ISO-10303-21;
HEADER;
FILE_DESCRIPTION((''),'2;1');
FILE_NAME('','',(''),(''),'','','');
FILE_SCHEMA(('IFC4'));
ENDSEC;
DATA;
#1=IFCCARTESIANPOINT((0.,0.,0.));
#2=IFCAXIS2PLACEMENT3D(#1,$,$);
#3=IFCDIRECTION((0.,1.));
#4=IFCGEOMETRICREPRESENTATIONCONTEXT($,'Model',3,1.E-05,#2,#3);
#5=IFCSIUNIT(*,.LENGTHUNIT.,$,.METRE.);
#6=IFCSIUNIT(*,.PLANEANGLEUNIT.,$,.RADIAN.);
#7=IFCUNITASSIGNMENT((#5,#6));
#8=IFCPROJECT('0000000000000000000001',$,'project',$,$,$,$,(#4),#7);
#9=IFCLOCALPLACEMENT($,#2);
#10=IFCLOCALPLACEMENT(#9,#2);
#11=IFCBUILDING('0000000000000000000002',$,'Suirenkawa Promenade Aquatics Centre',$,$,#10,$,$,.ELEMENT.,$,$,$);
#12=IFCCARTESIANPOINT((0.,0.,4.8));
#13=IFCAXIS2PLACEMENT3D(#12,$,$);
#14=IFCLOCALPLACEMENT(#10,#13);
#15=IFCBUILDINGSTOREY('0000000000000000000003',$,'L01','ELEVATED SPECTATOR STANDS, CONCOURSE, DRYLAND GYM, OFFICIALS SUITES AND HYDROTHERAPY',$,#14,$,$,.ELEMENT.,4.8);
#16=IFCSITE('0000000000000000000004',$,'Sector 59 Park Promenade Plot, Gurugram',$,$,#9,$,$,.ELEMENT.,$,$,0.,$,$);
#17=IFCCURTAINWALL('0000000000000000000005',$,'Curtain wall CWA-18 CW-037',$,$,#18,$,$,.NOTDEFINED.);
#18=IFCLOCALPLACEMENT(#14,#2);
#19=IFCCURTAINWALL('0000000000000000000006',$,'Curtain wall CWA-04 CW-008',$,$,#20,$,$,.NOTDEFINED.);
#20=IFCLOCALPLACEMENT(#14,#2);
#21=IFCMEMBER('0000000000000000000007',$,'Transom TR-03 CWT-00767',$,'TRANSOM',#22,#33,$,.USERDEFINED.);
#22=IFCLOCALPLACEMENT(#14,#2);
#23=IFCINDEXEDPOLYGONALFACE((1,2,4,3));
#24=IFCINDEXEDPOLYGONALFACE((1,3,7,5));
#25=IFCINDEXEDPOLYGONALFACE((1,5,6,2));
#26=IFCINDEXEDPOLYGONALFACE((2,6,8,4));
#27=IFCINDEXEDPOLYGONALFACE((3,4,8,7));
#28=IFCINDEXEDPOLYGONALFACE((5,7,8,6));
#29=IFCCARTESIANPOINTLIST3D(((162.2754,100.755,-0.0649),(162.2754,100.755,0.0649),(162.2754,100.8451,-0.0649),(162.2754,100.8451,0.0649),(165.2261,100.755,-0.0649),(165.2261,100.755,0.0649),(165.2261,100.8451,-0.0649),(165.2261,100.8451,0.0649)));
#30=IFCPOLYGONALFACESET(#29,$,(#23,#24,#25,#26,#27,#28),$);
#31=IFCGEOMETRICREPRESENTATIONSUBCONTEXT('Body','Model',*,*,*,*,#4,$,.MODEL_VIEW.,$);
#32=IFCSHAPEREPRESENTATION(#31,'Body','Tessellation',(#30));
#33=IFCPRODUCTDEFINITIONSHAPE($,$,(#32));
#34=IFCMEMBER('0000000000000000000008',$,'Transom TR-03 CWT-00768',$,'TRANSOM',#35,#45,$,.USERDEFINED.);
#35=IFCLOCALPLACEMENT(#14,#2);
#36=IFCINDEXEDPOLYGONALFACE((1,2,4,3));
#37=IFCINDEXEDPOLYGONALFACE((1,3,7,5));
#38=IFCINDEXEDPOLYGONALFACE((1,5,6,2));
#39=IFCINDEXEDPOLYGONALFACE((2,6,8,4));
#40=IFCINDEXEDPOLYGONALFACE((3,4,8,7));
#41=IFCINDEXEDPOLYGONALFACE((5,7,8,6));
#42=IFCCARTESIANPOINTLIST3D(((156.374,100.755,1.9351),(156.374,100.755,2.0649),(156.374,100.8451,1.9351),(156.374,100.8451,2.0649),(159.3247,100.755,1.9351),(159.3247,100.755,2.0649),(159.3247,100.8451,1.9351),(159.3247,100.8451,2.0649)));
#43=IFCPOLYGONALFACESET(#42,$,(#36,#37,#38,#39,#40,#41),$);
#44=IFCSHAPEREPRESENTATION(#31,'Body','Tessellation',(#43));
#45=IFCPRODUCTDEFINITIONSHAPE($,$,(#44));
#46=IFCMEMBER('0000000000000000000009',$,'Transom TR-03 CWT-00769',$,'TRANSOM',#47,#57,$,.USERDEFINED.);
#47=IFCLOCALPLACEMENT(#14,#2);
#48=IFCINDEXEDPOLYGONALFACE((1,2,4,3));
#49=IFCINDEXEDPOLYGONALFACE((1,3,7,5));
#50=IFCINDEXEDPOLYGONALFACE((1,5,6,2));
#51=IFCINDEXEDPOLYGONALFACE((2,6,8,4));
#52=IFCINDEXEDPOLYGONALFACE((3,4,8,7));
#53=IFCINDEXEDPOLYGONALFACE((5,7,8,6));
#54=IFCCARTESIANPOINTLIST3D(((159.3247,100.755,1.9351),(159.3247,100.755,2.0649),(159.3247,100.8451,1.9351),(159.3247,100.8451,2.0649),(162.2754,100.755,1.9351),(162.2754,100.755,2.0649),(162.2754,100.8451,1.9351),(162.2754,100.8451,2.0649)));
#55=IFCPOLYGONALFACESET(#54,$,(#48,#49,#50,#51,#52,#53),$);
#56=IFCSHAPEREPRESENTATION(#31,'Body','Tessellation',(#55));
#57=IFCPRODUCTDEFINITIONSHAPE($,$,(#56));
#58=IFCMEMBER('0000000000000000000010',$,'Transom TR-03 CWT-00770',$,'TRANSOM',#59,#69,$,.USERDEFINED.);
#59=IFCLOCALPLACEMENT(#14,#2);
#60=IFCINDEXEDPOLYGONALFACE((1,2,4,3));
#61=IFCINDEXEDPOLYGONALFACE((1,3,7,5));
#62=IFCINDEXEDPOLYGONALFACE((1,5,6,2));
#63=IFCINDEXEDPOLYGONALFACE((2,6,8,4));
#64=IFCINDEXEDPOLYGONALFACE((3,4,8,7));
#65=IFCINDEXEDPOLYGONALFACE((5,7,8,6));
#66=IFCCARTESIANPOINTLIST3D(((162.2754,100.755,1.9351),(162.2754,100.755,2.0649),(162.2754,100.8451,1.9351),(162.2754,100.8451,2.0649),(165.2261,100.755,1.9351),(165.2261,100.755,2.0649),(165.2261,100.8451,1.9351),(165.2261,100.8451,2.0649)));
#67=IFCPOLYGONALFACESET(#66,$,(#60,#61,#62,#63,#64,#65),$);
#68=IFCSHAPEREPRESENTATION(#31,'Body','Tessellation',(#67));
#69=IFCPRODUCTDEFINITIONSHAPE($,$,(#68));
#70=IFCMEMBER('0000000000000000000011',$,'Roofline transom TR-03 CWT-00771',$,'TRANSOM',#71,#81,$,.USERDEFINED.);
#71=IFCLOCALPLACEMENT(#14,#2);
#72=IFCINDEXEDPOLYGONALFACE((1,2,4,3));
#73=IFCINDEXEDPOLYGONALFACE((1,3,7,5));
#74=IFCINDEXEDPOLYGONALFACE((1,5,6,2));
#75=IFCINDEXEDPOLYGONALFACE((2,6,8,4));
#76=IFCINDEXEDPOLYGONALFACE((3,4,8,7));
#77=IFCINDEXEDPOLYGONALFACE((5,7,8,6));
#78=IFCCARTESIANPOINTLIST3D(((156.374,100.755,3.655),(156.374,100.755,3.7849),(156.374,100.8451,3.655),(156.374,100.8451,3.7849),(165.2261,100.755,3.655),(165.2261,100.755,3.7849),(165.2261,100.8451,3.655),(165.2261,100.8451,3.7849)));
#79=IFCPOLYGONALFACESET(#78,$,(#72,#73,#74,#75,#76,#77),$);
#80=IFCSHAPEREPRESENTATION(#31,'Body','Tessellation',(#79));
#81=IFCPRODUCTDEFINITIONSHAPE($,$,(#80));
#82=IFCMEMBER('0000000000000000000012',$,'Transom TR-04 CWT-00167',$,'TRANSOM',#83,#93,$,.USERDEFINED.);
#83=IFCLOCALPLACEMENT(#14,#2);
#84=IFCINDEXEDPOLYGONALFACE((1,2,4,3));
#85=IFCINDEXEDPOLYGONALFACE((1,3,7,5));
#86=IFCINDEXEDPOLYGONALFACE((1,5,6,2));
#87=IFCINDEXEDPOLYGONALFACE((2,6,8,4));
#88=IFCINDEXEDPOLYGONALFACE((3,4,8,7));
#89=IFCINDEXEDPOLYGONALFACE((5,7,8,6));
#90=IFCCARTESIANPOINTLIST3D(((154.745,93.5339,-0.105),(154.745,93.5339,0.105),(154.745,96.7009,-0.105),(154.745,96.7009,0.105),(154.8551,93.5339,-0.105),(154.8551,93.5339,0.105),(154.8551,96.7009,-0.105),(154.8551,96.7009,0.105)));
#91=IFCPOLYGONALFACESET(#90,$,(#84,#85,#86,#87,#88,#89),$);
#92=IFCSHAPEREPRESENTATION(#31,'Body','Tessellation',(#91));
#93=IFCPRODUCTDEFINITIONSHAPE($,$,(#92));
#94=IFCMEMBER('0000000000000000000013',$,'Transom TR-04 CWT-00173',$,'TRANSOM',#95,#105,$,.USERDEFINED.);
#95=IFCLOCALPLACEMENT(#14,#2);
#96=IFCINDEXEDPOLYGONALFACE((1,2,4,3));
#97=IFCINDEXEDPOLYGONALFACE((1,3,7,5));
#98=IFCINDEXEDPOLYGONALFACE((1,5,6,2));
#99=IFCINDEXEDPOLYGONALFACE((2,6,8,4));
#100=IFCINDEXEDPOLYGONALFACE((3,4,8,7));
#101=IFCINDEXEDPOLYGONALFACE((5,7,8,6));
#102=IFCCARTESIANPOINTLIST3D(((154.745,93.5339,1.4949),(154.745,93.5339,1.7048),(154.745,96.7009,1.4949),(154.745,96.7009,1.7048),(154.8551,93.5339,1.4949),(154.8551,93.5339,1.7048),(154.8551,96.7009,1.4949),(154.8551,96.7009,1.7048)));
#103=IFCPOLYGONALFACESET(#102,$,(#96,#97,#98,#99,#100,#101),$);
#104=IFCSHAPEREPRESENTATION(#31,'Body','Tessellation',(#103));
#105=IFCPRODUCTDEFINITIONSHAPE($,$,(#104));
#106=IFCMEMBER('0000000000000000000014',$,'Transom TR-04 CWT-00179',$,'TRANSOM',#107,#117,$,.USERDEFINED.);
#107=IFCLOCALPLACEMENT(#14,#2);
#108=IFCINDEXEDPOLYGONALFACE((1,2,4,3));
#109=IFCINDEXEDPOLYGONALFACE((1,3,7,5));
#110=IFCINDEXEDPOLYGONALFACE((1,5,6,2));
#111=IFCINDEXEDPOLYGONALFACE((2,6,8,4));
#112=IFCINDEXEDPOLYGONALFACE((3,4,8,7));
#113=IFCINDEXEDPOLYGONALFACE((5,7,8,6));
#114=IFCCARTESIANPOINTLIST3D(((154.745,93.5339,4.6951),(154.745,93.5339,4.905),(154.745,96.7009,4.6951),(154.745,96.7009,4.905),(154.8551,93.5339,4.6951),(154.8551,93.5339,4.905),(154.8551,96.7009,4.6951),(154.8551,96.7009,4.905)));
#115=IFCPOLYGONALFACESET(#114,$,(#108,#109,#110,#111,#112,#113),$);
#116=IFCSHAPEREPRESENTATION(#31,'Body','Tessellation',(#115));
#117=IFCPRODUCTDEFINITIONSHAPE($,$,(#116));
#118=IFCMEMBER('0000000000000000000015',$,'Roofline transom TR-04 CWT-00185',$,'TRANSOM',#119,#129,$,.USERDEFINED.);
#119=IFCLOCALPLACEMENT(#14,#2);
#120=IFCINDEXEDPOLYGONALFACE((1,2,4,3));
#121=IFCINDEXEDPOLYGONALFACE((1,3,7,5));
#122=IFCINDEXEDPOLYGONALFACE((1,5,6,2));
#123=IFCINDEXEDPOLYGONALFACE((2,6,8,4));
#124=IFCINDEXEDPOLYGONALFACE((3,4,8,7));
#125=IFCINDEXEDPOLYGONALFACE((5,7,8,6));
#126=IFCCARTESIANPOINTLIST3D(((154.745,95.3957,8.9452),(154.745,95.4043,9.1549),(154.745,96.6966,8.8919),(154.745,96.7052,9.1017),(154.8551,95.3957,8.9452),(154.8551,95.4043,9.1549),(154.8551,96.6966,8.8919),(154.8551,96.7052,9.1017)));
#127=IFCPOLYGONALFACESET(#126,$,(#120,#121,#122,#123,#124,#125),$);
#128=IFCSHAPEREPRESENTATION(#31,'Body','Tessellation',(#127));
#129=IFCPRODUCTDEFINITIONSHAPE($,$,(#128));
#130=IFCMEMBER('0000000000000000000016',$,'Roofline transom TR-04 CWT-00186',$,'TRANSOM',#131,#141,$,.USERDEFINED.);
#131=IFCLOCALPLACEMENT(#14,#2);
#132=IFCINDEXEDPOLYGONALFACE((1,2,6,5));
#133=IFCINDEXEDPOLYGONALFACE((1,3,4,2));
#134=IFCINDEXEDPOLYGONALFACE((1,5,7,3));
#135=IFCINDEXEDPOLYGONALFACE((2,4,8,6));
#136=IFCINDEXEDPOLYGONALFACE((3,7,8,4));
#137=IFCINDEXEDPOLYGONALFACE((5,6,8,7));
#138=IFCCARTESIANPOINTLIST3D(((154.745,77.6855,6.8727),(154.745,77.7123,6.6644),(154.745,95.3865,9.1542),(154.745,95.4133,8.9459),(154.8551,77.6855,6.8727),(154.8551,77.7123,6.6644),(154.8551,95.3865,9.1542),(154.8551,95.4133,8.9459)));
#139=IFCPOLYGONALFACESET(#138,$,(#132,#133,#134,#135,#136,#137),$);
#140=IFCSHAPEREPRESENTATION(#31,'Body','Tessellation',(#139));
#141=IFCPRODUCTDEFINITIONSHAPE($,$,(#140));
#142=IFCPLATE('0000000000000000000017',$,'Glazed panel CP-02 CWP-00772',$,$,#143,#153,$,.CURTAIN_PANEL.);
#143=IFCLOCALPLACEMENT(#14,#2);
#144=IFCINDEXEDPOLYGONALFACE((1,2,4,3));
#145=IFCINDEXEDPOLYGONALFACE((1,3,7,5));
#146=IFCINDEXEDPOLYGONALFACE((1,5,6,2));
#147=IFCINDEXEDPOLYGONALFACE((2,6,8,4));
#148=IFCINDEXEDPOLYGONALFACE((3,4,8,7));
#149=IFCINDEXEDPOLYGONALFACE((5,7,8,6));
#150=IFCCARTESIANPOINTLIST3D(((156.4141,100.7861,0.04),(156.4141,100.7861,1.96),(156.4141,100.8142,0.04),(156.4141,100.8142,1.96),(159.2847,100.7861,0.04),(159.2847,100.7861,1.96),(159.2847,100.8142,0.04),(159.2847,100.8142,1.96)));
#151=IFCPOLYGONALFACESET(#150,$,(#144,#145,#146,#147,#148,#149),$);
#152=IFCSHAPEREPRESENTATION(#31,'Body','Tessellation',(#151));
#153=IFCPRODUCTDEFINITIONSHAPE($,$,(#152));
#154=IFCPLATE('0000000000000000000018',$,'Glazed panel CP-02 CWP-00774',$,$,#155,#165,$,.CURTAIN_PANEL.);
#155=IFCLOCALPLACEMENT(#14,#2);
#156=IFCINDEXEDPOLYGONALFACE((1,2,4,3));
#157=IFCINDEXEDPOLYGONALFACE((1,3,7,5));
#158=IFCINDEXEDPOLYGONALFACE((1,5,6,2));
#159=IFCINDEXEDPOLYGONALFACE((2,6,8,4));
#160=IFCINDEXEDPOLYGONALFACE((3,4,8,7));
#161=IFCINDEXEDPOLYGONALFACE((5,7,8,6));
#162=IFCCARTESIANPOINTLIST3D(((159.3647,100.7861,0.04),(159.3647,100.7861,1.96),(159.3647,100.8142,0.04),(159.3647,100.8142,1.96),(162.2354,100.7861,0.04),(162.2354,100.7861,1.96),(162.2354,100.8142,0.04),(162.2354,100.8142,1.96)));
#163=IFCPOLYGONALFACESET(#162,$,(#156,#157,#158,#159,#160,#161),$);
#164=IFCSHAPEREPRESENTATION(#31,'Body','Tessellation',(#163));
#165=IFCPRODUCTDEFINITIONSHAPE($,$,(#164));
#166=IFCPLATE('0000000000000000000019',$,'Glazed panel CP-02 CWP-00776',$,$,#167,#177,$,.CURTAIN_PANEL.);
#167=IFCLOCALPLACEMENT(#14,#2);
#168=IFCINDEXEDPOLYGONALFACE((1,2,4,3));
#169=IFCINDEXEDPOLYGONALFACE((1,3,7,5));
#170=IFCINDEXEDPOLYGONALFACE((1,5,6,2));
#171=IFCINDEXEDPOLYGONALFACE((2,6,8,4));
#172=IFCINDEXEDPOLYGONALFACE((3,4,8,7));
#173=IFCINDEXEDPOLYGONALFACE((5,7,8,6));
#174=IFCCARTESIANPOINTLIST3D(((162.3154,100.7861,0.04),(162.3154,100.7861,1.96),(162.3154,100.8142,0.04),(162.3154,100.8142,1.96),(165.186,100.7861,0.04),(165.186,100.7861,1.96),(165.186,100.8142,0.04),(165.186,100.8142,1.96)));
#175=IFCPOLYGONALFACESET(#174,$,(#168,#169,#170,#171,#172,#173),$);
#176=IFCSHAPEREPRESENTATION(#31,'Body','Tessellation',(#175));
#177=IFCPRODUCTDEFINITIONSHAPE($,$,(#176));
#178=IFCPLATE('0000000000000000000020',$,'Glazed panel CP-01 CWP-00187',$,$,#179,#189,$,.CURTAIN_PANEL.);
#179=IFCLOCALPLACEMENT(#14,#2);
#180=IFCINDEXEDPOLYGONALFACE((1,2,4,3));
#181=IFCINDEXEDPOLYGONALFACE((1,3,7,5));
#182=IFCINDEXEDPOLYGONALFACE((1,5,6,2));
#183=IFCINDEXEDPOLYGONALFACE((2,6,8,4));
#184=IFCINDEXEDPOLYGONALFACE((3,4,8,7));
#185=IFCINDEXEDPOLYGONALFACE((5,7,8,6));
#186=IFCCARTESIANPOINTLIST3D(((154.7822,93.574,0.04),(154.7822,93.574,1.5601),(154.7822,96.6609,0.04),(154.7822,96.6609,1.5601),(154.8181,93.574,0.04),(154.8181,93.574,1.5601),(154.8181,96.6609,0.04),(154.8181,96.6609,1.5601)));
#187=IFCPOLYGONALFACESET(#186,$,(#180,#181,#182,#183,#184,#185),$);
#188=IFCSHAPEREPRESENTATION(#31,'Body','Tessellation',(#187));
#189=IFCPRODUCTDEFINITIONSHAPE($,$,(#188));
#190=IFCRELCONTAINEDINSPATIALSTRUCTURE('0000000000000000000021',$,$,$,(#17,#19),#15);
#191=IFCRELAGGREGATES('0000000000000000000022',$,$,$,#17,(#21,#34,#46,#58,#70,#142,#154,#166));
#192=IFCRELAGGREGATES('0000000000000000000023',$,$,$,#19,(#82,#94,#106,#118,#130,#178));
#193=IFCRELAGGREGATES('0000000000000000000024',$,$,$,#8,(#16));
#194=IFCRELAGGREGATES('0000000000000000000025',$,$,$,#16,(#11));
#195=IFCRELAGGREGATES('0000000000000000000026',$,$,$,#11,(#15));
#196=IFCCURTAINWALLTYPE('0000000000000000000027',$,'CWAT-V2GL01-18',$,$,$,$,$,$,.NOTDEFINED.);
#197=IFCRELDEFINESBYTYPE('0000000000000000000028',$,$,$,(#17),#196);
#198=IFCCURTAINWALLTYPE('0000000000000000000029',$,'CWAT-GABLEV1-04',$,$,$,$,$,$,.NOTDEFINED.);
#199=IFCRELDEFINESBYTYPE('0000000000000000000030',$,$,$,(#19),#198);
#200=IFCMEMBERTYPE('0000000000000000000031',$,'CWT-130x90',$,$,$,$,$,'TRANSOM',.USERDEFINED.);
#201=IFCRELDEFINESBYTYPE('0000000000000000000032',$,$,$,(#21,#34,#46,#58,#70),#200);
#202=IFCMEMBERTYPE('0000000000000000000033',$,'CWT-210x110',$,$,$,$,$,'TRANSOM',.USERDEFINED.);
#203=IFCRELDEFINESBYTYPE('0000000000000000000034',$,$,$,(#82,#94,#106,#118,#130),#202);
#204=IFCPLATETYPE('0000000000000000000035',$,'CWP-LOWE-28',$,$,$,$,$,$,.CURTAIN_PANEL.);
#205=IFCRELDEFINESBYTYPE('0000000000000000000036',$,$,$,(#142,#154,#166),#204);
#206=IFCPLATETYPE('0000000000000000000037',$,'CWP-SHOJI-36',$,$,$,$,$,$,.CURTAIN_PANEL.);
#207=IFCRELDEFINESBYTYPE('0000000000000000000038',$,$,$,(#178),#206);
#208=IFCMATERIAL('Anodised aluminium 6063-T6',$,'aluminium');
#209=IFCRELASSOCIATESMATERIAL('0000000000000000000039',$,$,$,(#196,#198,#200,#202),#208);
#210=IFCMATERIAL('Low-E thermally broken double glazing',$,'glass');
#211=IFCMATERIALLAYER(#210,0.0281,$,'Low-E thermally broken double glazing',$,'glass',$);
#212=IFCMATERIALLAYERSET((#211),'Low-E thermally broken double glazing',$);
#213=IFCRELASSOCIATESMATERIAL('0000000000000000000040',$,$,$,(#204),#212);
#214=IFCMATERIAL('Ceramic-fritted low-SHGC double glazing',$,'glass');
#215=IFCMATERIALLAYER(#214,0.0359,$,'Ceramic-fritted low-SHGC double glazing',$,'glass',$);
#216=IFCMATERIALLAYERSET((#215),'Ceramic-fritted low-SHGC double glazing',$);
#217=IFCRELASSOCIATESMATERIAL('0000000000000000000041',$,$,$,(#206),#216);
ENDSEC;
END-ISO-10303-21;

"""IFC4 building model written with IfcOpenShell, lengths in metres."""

from ifc_helpers import new_model, si_unit, direction, frame, origin, origin_2d, place, context, subcontext, project, spatial, polyline, rectangle, outline, extrude, material, layer, layer_set, material_profile, profile_set, type_object, element, aggregate, save


model = new_model("IFC4")

# Units and contexts
model_context = context("Model", 3, precision=1e-05, world=origin(), true_north=direction((0.0, 1.0)))
body_context = subcontext(model_context, "Body", "Model", "MODEL_VIEW")
ifc_project = project(units=[si_unit("LENGTHUNIT", "METRE"), si_unit("PLANEANGLEUNIT", "RADIAN")], contexts=[model_context])

# Site, building, storey
site_placement = place(None, origin())
site = spatial("IfcSite", under=ifc_project, at=site_placement, Name="Sector 59 Park Promenade Plot, Gurugram", CompositionType="ELEMENT", RefElevation=0.0)
building_placement = place(site_placement, origin())
building = spatial("IfcBuilding", under=site, at=building_placement, Name="Suirenkawa Promenade Aquatics Centre", CompositionType="ELEMENT")
storey_placement = place(building_placement, frame((0.0, 0.0, 4.8)))
storey = spatial("IfcBuildingStorey", under=building, at=storey_placement, Name="L01", Description="ELEVATED SPECTATOR STANDS, CONCOURSE, DRYLAND GYM, OFFICIALS SUITES AND HYDROTHERAPY", CompositionType="ELEMENT", Elevation=4.8)

# Curtain wall
ifc_material_1 = material(Name="Anodised aluminium 6063-T6", Category="aluminium")
curtain_wall_type_1 = type_object("IfcCurtainWallType", Name="CWAT-V2GL01-18", PredefinedType="NOTDEFINED", material=ifc_material_1)
curtain_wall_1_placement = place(storey_placement, origin())
curtain_wall_1 = element("IfcCurtainWall", 1, at=curtain_wall_1_placement, inside=storey, type_object=curtain_wall_type_1, Name="Curtain wall CWA-18 CW-037", PredefinedType="NOTDEFINED")

# Curtain wall
curtain_wall_type_2 = type_object("IfcCurtainWallType", Name="CWAT-GABLEV1-04", PredefinedType="NOTDEFINED", material=ifc_material_1)
curtain_wall_2_placement = place(storey_placement, origin())
curtain_wall_2 = element("IfcCurtainWall", 2, at=curtain_wall_2_placement, inside=storey, type_object=curtain_wall_type_2, Name="Curtain wall CWA-04 CW-008", PredefinedType="NOTDEFINED")

# Members
ifc_material_profile_1 = material_profile(ifc_material_1, rectangle(XDim=0.0901, YDim=0.1299, at=origin_2d()), Name="ALU TRAN 90x130", Category="aluminium")
ifc_profile_set_1 = profile_set([ifc_material_profile_1], Name="Anodised aluminium 6063-T6")
member_type_1 = type_object("IfcMemberType", Name="CWT-130x90", ElementType="TRANSOM", PredefinedType="USERDEFINED", material=ifc_profile_set_1)
member_1_placement = place(storey_placement, frame((162.2754, 100.8, 0.0), z_axis=(1.0, 0.0, 0.0), x_axis=(0.0, 1.0, 0.0)))
member_1 = element("IfcMember", 3, at=member_1_placement, type_object=member_type_1, Name="Transom TR-03 CWT-00767", ObjectType="TRANSOM", PredefinedType="USERDEFINED", context=body_context, shape_type="SweptSolid", body=[
    extrude(rectangle(XDim=0.0901, YDim=0.1299, at=origin_2d()), origin(), (0.0, 0.0, 1.0), 2.9507),
])
member_2_placement = place(storey_placement, frame((156.374, 100.8, 2.0), z_axis=(1.0, 0.0, 0.0), x_axis=(0.0, 1.0, 0.0)))
member_2 = element("IfcMember", 4, at=member_2_placement, type_object=member_type_1, Name="Transom TR-03 CWT-00768", ObjectType="TRANSOM", PredefinedType="USERDEFINED", context=body_context, shape_type="SweptSolid", body=[
    extrude(rectangle(XDim=0.0901, YDim=0.1299, at=origin_2d()), origin(), (0.0, 0.0, 1.0), 2.9507),
])
member_3_placement = place(storey_placement, frame((159.3247, 100.8, 2.0), z_axis=(1.0, 0.0, 0.0), x_axis=(0.0, 1.0, 0.0)))
member_3 = element("IfcMember", 5, at=member_3_placement, type_object=member_type_1, Name="Transom TR-03 CWT-00769", ObjectType="TRANSOM", PredefinedType="USERDEFINED", context=body_context, shape_type="SweptSolid", body=[
    extrude(rectangle(XDim=0.0901, YDim=0.1299, at=origin_2d()), origin(), (0.0, 0.0, 1.0), 2.9507),
])
member_4_placement = place(storey_placement, frame((162.2754, 100.8, 2.0), z_axis=(1.0, 0.0, 0.0), x_axis=(0.0, 1.0, 0.0)))
member_4 = element("IfcMember", 6, at=member_4_placement, type_object=member_type_1, Name="Transom TR-03 CWT-00770", ObjectType="TRANSOM", PredefinedType="USERDEFINED", context=body_context, shape_type="SweptSolid", body=[
    extrude(rectangle(XDim=0.0901, YDim=0.1299, at=origin_2d()), origin(), (0.0, 0.0, 1.0), 2.9507),
])
member_5_placement = place(storey_placement, frame((156.374, 100.8, 3.72), z_axis=(1.0, 0.0, 0.0), x_axis=(0.0, 1.0, 0.0)))
member_5 = element("IfcMember", 7, at=member_5_placement, type_object=member_type_1, Name="Roofline transom TR-03 CWT-00771", ObjectType="TRANSOM", PredefinedType="USERDEFINED", context=body_context, shape_type="SweptSolid", body=[
    extrude(rectangle(XDim=0.0901, YDim=0.1299, at=origin_2d()), origin(), (0.0, 0.0, 1.0), 8.8521),
])
ifc_material_profile_2 = material_profile(ifc_material_1, rectangle(XDim=0.1101, YDim=0.21, at=origin_2d()), Name="ALU TRAN 110x210", Category="aluminium")
ifc_profile_set_2 = profile_set([ifc_material_profile_2], Name="Anodised aluminium 6063-T6")
member_type_2 = type_object("IfcMemberType", Name="CWT-210x110", ElementType="TRANSOM", PredefinedType="USERDEFINED", material=ifc_profile_set_2)
member_6_placement = place(storey_placement, frame((154.8, 96.7009, 0.0), z_axis=(0.0, -1.0, 0.0), x_axis=(1.0, 0.0, 0.0)))
member_6 = element("IfcMember", 8, at=member_6_placement, type_object=member_type_2, Name="Transom TR-04 CWT-00167", ObjectType="TRANSOM", PredefinedType="USERDEFINED", context=body_context, shape_type="SweptSolid", body=[
    extrude(rectangle(XDim=0.1101, YDim=0.21, at=origin_2d()), origin(), (0.0, 0.0, 1.0), 3.167),
])
member_7_placement = place(storey_placement, frame((154.8, 96.7009, 1.5999), z_axis=(0.0, -1.0, 0.0), x_axis=(1.0, 0.0, 0.0)))
member_7 = element("IfcMember", 9, at=member_7_placement, type_object=member_type_2, Name="Transom TR-04 CWT-00173", ObjectType="TRANSOM", PredefinedType="USERDEFINED", context=body_context, shape_type="SweptSolid", body=[
    extrude(rectangle(XDim=0.1101, YDim=0.21, at=origin_2d()), origin(), (0.0, 0.0, 1.0), 3.167),
])
member_8_placement = place(storey_placement, frame((154.8, 96.7009, 4.8), z_axis=(0.0, -1.0, 0.0), x_axis=(1.0, 0.0, 0.0)))
member_8 = element("IfcMember", 10, at=member_8_placement, type_object=member_type_2, Name="Transom TR-04 CWT-00179", ObjectType="TRANSOM", PredefinedType="USERDEFINED", context=body_context, shape_type="SweptSolid", body=[
    extrude(rectangle(XDim=0.1101, YDim=0.21, at=origin_2d()), origin(), (0.0, 0.0, 1.0), 3.167),
])
member_9_placement = place(storey_placement, frame((154.8, 96.7009, 8.9968), z_axis=(0.0, -0.999164, 0.040874), x_axis=(1.0, 0.0, 0.0)))
member_9 = element("IfcMember", 11, at=member_9_placement, type_object=member_type_2, Name="Roofline transom TR-04 CWT-00185", ObjectType="TRANSOM", PredefinedType="USERDEFINED", context=body_context, shape_type="SweptSolid", body=[
    extrude(rectangle(XDim=0.1101, YDim=0.21, at=origin_2d()), origin(), (0.0, 0.0, 1.0), 1.302),
])
member_10_placement = place(storey_placement, frame((154.8, 95.3999, 9.05), z_axis=(0.0, -0.991796, -0.127834), x_axis=(1.0, 0.0, 0.0)))
member_10 = element("IfcMember", 12, at=member_10_placement, type_object=member_type_2, Name="Roofline transom TR-04 CWT-00186", ObjectType="TRANSOM", PredefinedType="USERDEFINED", context=body_context, shape_type="SweptSolid", body=[
    extrude(rectangle(XDim=0.1101, YDim=0.21, at=origin_2d()), origin(), (0.0, 0.0, 1.0), 17.8474),
])

# Plates
ifc_material_2 = material(Name="Low-E thermally broken double glazing", Category="glass")
ifc_layer_1 = layer(ifc_material_2, 0.0281, Name="Low-E thermally broken double glazing", Category="glass")
ifc_layer_set_1 = layer_set([ifc_layer_1], Name="Low-E thermally broken double glazing")
plate_type_1 = type_object("IfcPlateType", Name="CWP-LOWE-28", PredefinedType="CURTAIN_PANEL", material=ifc_layer_set_1)
plate_1_placement = place(storey_placement, frame((156.374, 100.8, 0.04), z_axis=(0.0, 0.0, 1.0), x_axis=(1.0, 0.0, 0.0)))
plate_1 = element("IfcPlate", 13, at=plate_1_placement, type_object=plate_type_1, Name="Glazed panel CP-02 CWP-00772", PredefinedType="CURTAIN_PANEL", context=body_context, shape_type="SweptSolid", body=[
    extrude(outline(polyline([(0.04, 0.0), (2.9106, 0.0), (2.9106, 1.9199), (0.04, 1.9199), (0.04, 0.0)])), frame((0.0, 0.0142, 0.0), z_axis=(0.0, -1.0, 0.0), x_axis=(1.0, 0.0, 0.0)), (0.0, 0.0, 1.0), 0.0281),
])
plate_2_placement = place(storey_placement, frame((159.3247, 100.8, 0.04), z_axis=(0.0, 0.0, 1.0), x_axis=(1.0, 0.0, 0.0)))
plate_2 = element("IfcPlate", 14, at=plate_2_placement, type_object=plate_type_1, Name="Glazed panel CP-02 CWP-00774", PredefinedType="CURTAIN_PANEL", context=body_context, shape_type="SweptSolid", body=[
    extrude(outline(polyline([(0.04, 0.0), (2.9106, 0.0), (2.9106, 1.9199), (0.04, 1.9199), (0.04, 0.0)])), frame((0.0, 0.0142, 0.0), z_axis=(0.0, -1.0, 0.0), x_axis=(1.0, 0.0, 0.0)), (0.0, 0.0, 1.0), 0.0281),
])
plate_3_placement = place(storey_placement, frame((162.2754, 100.8, 0.04), z_axis=(0.0, 0.0, 1.0), x_axis=(1.0, 0.0, 0.0)))
plate_3 = element("IfcPlate", 15, at=plate_3_placement, type_object=plate_type_1, Name="Glazed panel CP-02 CWP-00776", PredefinedType="CURTAIN_PANEL", context=body_context, shape_type="SweptSolid", body=[
    extrude(outline(polyline([(0.04, 0.0), (2.9106, 0.0), (2.9106, 1.9199), (0.04, 1.9199), (0.04, 0.0)])), frame((0.0, 0.0142, 0.0), z_axis=(0.0, -1.0, 0.0), x_axis=(1.0, 0.0, 0.0)), (0.0, 0.0, 1.0), 0.0281),
])
aggregate(curtain_wall_1, [member_1, member_2, member_3, member_4, member_5, plate_1, plate_2, plate_3])
ifc_material_3 = material(Name="Ceramic-fritted low-SHGC double glazing", Category="glass")
ifc_layer_2 = layer(ifc_material_3, 0.0359, Name="Ceramic-fritted low-SHGC double glazing", Category="glass")
ifc_layer_set_2 = layer_set([ifc_layer_2], Name="Ceramic-fritted low-SHGC double glazing")
plate_type_2 = type_object("IfcPlateType", Name="CWP-SHOJI-36", PredefinedType="CURTAIN_PANEL", material=ifc_layer_set_2)
plate_4_placement = place(storey_placement, frame((154.8, 96.7009, 0.04), z_axis=(0.0, 0.0, 1.0), x_axis=(0.0, -1.0, 0.0)))
plate_4 = element("IfcPlate", 16, at=plate_4_placement, type_object=plate_type_2, Name="Glazed panel CP-01 CWP-00187", PredefinedType="CURTAIN_PANEL", context=body_context, shape_type="SweptSolid", body=[
    extrude(outline(polyline([(0.04, 0.0), (3.127, 0.0), (3.127, 1.52), (0.04, 1.52), (0.04, 0.0)])), frame((0.0, 0.0181, 0.0), z_axis=(0.0, -1.0, 0.0), x_axis=(1.0, 0.0, 0.0)), (0.0, 0.0, 1.0), 0.0359),
])
aggregate(curtain_wall_2, [member_6, member_7, member_8, member_9, member_10, plate_4])

save(model, "model.ifc")
